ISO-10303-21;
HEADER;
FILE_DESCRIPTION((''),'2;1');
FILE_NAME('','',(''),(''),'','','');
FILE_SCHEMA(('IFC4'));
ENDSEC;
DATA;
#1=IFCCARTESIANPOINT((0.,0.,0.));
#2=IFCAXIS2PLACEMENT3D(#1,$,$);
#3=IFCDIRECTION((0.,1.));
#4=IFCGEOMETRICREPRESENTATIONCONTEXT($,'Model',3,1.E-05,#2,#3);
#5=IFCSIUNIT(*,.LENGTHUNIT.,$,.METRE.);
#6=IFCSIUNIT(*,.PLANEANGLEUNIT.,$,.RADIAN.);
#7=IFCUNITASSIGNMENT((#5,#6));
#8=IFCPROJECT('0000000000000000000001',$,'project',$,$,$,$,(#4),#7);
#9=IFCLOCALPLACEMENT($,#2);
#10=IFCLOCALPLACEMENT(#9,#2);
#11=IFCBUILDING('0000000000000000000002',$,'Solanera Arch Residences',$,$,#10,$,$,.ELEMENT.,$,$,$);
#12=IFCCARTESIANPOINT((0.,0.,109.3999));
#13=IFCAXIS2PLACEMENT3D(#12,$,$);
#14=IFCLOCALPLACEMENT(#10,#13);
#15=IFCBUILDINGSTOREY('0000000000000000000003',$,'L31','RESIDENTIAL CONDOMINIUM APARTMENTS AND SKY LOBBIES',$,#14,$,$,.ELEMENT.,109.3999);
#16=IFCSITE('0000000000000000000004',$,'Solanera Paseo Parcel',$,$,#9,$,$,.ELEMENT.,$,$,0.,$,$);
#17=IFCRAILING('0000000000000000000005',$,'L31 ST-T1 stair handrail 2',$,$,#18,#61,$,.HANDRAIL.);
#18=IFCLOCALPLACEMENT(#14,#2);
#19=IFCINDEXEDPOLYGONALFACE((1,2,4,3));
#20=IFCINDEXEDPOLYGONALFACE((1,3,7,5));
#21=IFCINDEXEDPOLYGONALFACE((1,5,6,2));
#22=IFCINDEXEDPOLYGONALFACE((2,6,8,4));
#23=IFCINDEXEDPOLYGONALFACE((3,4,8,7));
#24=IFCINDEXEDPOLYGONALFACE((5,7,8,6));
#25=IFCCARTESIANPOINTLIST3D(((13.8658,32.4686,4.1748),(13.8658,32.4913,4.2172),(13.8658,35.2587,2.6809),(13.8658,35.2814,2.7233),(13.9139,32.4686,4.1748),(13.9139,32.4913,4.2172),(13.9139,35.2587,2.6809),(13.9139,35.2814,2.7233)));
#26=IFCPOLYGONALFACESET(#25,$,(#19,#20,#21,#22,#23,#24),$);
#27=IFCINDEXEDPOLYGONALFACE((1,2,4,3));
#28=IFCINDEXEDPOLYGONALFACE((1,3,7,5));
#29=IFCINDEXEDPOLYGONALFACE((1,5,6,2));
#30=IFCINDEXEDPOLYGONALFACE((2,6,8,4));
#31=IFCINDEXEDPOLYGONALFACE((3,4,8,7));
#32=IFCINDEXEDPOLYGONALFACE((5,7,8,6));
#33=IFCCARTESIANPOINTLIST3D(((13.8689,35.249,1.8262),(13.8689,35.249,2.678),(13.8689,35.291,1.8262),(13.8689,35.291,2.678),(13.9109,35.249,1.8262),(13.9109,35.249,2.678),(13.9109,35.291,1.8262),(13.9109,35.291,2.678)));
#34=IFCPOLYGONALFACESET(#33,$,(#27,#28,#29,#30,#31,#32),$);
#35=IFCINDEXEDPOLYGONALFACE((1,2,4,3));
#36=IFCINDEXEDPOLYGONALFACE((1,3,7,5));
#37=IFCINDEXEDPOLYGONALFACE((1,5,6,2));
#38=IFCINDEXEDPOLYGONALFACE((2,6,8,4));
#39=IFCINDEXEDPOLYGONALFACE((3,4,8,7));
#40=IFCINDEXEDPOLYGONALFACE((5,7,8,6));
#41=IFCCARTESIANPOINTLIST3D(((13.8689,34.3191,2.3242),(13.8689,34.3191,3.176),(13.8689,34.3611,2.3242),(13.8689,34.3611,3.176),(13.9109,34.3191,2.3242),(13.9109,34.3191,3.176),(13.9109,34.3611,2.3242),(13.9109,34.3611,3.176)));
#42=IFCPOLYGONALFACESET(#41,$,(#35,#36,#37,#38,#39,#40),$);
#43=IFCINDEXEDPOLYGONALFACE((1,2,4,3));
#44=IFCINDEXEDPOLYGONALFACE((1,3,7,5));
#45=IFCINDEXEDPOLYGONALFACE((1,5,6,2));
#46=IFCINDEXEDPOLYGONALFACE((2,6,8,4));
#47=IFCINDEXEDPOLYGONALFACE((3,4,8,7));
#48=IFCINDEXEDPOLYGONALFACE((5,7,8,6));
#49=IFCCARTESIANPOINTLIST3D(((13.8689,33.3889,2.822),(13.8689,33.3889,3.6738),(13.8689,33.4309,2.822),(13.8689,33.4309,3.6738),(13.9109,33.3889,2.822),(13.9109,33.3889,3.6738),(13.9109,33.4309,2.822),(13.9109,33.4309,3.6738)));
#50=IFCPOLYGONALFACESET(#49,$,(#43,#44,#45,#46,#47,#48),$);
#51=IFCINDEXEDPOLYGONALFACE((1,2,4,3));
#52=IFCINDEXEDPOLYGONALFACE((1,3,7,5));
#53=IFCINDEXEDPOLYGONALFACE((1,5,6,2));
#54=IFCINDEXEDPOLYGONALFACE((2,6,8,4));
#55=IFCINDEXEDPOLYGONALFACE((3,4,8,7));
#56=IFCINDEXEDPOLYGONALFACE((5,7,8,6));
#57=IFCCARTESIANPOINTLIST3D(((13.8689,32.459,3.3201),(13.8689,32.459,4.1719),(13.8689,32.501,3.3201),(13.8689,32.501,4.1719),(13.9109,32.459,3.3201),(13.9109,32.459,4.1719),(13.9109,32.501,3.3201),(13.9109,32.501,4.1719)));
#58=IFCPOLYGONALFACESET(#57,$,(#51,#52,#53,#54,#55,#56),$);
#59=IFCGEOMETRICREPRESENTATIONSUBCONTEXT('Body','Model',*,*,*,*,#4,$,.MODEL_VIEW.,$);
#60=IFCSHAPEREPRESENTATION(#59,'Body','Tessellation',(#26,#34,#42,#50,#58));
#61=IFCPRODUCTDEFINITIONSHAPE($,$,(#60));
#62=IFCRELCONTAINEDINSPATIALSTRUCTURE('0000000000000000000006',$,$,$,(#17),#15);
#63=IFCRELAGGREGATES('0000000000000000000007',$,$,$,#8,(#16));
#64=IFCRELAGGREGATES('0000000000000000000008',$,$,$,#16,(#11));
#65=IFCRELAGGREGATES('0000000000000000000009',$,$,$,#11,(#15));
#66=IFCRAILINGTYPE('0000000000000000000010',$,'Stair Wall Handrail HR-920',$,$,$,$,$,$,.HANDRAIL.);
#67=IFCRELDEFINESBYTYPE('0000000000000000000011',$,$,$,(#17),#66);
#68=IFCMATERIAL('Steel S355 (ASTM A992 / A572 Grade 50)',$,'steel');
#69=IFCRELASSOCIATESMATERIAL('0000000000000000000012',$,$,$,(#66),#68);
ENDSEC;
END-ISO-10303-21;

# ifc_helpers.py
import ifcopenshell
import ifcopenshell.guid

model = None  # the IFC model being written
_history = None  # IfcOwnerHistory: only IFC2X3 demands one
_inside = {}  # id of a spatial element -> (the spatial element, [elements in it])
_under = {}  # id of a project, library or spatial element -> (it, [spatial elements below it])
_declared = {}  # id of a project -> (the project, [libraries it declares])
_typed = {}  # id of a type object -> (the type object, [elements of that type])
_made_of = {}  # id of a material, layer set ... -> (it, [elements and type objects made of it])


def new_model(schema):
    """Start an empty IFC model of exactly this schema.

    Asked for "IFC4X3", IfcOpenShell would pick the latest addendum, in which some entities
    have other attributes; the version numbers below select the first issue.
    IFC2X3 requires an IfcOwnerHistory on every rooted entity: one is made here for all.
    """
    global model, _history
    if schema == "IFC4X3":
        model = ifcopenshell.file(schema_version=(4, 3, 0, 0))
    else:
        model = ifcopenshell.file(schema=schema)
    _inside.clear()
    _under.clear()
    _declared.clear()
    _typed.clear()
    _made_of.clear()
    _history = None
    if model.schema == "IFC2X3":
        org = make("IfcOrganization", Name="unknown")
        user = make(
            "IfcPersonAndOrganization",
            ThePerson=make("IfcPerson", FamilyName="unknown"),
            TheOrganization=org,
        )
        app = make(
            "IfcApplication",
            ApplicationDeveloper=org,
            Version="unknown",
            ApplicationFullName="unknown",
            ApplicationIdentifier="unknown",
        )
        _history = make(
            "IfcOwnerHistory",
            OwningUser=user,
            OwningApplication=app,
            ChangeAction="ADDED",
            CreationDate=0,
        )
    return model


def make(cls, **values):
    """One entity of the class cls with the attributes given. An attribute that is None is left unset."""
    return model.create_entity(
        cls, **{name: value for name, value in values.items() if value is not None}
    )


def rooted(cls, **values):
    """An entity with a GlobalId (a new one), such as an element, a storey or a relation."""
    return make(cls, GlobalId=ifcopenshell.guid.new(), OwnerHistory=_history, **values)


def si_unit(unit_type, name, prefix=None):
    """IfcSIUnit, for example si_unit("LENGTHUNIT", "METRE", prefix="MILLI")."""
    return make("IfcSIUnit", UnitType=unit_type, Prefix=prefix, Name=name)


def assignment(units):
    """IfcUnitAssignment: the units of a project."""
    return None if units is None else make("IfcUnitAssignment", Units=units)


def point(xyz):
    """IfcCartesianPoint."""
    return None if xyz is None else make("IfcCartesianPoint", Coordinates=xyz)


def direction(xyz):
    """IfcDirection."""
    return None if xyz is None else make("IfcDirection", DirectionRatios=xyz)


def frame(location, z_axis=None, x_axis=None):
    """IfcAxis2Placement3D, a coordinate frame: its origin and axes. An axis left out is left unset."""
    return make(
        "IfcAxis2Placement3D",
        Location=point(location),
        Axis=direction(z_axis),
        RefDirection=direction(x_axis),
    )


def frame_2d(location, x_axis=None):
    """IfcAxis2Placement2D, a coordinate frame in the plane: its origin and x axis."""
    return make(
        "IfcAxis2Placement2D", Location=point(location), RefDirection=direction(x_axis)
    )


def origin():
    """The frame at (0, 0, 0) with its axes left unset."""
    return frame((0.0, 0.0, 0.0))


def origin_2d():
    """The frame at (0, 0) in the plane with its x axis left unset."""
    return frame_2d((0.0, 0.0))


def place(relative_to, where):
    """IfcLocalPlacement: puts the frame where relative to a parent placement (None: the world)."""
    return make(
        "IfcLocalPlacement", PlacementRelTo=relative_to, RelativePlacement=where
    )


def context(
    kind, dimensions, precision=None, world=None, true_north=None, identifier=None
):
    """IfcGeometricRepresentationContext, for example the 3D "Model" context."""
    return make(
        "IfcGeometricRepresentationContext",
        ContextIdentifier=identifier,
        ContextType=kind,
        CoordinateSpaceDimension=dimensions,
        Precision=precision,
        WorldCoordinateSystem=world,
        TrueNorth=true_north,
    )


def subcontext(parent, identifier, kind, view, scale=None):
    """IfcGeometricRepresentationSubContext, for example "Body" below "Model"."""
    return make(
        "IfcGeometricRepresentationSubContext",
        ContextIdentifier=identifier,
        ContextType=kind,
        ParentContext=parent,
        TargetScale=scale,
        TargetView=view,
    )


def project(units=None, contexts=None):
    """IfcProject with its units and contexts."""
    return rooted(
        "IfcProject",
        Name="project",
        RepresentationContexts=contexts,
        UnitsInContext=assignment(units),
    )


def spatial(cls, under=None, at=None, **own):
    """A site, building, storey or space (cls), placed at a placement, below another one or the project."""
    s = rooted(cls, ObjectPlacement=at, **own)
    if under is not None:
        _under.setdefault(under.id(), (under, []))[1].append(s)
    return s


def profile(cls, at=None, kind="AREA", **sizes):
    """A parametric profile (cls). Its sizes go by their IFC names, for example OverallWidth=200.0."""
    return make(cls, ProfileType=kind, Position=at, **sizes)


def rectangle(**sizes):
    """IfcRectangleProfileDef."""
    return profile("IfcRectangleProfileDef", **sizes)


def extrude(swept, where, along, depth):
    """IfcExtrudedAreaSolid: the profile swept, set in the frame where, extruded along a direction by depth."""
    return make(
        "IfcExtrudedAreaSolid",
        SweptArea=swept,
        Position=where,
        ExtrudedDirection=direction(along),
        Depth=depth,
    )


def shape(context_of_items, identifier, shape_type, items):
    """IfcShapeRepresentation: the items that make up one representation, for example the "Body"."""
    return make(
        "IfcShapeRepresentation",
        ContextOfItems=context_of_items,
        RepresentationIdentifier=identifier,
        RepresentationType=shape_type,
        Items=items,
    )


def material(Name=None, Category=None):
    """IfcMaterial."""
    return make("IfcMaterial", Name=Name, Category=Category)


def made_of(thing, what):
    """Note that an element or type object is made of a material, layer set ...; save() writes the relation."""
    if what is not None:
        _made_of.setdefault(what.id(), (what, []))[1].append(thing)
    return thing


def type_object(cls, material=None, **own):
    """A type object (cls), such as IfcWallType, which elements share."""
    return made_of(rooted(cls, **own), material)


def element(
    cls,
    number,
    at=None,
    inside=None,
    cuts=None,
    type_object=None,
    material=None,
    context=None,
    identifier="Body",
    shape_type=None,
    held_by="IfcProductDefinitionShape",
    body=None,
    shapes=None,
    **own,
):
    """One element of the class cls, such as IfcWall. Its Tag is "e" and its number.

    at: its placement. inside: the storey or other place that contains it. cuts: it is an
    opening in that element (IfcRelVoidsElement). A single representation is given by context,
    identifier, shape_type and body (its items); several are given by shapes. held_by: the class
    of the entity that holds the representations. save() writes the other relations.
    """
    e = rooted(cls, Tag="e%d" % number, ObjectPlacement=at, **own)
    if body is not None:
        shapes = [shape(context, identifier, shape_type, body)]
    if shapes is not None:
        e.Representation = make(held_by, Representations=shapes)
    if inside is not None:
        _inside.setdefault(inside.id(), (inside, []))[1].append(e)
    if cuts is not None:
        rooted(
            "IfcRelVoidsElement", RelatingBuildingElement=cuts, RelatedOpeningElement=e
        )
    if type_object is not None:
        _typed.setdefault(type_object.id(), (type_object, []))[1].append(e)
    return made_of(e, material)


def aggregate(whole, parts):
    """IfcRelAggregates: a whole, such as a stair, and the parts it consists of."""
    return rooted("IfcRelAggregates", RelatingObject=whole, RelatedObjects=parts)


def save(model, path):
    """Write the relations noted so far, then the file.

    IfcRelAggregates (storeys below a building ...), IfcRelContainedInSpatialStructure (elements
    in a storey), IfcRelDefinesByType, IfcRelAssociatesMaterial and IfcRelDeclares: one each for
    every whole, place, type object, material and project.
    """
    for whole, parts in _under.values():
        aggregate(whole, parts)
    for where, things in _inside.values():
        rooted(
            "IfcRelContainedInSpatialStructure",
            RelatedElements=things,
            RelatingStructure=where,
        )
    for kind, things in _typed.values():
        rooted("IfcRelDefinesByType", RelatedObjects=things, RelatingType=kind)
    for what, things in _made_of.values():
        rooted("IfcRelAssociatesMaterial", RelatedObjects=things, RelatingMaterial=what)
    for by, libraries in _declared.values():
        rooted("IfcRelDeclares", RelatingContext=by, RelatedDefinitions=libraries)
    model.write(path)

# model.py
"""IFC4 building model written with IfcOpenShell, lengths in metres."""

from ifc_helpers import new_model, si_unit, direction, frame, origin, origin_2d, place, context, subcontext, project, spatial, rectangle, extrude, material, type_object, element, save


model = new_model("IFC4")

# Units and contexts
model_context = context("Model", 3, precision=1e-05, world=origin(), true_north=direction((0.0, 1.0)))
body_context = subcontext(model_context, "Body", "Model", "MODEL_VIEW")
ifc_project = project(units=[si_unit("LENGTHUNIT", "METRE"), si_unit("PLANEANGLEUNIT", "RADIAN")], contexts=[model_context])

# Site, building, storey
site_placement = place(None, origin())
site = spatial("IfcSite", under=ifc_project, at=site_placement, Name="Solanera Paseo Parcel", CompositionType="ELEMENT", RefElevation=0.0)
building_placement = place(site_placement, origin())
building = spatial("IfcBuilding", under=site, at=building_placement, Name="Solanera Arch Residences", CompositionType="ELEMENT")
storey_placement = place(building_placement, frame((0.0, 0.0, 109.3999)))
storey = spatial("IfcBuildingStorey", under=building, at=storey_placement, Name="L31", Description="RESIDENTIAL CONDOMINIUM APARTMENTS AND SKY LOBBIES", CompositionType="ELEMENT", Elevation=109.3999)

# Railing
ifc_material_1 = material(Name="Steel S355 (ASTM A992 / A572 Grade 50)", Category="steel")
railing_type_1 = type_object("IfcRailingType", Name="Stair Wall Handrail HR-920", PredefinedType="HANDRAIL", material=ifc_material_1)
railing_1_placement = place(storey_placement, frame((13.8899, 35.27, 1.8262)))
element("IfcRailing", 1, at=railing_1_placement, inside=storey, type_object=railing_type_1, Name="L31 ST-T1 stair handrail 2", PredefinedType="HANDRAIL", context=body_context, shape_type="SweptSolid", body=[
    extrude(rectangle(XDim=0.0481, YDim=0.0481, at=origin_2d()), frame((0.0, 0.0, 0.876), z_axis=(0.0, -0.881581, 0.472033), x_axis=(1.0, 0.0, 0.0)), (0.0, 0.0, 1.0), 3.1648),
    extrude(rectangle(XDim=0.042, YDim=0.042, at=origin_2d()), origin(), (0.0, 0.0, 1.0), 0.8518),
    extrude(rectangle(XDim=0.042, YDim=0.042, at=origin_2d()), frame((0.0, -0.9299, 0.498)), (0.0, 0.0, 1.0), 0.8518),
    extrude(rectangle(XDim=0.042, YDim=0.042, at=origin_2d()), frame((0.0, -1.8601, 0.9958)), (0.0, 0.0, 1.0), 0.8518),
    extrude(rectangle(XDim=0.042, YDim=0.042, at=origin_2d()), frame((0.0, -2.79, 1.4939)), (0.0, 0.0, 1.0), 0.8518),
])

save(model, "model.ifc")
